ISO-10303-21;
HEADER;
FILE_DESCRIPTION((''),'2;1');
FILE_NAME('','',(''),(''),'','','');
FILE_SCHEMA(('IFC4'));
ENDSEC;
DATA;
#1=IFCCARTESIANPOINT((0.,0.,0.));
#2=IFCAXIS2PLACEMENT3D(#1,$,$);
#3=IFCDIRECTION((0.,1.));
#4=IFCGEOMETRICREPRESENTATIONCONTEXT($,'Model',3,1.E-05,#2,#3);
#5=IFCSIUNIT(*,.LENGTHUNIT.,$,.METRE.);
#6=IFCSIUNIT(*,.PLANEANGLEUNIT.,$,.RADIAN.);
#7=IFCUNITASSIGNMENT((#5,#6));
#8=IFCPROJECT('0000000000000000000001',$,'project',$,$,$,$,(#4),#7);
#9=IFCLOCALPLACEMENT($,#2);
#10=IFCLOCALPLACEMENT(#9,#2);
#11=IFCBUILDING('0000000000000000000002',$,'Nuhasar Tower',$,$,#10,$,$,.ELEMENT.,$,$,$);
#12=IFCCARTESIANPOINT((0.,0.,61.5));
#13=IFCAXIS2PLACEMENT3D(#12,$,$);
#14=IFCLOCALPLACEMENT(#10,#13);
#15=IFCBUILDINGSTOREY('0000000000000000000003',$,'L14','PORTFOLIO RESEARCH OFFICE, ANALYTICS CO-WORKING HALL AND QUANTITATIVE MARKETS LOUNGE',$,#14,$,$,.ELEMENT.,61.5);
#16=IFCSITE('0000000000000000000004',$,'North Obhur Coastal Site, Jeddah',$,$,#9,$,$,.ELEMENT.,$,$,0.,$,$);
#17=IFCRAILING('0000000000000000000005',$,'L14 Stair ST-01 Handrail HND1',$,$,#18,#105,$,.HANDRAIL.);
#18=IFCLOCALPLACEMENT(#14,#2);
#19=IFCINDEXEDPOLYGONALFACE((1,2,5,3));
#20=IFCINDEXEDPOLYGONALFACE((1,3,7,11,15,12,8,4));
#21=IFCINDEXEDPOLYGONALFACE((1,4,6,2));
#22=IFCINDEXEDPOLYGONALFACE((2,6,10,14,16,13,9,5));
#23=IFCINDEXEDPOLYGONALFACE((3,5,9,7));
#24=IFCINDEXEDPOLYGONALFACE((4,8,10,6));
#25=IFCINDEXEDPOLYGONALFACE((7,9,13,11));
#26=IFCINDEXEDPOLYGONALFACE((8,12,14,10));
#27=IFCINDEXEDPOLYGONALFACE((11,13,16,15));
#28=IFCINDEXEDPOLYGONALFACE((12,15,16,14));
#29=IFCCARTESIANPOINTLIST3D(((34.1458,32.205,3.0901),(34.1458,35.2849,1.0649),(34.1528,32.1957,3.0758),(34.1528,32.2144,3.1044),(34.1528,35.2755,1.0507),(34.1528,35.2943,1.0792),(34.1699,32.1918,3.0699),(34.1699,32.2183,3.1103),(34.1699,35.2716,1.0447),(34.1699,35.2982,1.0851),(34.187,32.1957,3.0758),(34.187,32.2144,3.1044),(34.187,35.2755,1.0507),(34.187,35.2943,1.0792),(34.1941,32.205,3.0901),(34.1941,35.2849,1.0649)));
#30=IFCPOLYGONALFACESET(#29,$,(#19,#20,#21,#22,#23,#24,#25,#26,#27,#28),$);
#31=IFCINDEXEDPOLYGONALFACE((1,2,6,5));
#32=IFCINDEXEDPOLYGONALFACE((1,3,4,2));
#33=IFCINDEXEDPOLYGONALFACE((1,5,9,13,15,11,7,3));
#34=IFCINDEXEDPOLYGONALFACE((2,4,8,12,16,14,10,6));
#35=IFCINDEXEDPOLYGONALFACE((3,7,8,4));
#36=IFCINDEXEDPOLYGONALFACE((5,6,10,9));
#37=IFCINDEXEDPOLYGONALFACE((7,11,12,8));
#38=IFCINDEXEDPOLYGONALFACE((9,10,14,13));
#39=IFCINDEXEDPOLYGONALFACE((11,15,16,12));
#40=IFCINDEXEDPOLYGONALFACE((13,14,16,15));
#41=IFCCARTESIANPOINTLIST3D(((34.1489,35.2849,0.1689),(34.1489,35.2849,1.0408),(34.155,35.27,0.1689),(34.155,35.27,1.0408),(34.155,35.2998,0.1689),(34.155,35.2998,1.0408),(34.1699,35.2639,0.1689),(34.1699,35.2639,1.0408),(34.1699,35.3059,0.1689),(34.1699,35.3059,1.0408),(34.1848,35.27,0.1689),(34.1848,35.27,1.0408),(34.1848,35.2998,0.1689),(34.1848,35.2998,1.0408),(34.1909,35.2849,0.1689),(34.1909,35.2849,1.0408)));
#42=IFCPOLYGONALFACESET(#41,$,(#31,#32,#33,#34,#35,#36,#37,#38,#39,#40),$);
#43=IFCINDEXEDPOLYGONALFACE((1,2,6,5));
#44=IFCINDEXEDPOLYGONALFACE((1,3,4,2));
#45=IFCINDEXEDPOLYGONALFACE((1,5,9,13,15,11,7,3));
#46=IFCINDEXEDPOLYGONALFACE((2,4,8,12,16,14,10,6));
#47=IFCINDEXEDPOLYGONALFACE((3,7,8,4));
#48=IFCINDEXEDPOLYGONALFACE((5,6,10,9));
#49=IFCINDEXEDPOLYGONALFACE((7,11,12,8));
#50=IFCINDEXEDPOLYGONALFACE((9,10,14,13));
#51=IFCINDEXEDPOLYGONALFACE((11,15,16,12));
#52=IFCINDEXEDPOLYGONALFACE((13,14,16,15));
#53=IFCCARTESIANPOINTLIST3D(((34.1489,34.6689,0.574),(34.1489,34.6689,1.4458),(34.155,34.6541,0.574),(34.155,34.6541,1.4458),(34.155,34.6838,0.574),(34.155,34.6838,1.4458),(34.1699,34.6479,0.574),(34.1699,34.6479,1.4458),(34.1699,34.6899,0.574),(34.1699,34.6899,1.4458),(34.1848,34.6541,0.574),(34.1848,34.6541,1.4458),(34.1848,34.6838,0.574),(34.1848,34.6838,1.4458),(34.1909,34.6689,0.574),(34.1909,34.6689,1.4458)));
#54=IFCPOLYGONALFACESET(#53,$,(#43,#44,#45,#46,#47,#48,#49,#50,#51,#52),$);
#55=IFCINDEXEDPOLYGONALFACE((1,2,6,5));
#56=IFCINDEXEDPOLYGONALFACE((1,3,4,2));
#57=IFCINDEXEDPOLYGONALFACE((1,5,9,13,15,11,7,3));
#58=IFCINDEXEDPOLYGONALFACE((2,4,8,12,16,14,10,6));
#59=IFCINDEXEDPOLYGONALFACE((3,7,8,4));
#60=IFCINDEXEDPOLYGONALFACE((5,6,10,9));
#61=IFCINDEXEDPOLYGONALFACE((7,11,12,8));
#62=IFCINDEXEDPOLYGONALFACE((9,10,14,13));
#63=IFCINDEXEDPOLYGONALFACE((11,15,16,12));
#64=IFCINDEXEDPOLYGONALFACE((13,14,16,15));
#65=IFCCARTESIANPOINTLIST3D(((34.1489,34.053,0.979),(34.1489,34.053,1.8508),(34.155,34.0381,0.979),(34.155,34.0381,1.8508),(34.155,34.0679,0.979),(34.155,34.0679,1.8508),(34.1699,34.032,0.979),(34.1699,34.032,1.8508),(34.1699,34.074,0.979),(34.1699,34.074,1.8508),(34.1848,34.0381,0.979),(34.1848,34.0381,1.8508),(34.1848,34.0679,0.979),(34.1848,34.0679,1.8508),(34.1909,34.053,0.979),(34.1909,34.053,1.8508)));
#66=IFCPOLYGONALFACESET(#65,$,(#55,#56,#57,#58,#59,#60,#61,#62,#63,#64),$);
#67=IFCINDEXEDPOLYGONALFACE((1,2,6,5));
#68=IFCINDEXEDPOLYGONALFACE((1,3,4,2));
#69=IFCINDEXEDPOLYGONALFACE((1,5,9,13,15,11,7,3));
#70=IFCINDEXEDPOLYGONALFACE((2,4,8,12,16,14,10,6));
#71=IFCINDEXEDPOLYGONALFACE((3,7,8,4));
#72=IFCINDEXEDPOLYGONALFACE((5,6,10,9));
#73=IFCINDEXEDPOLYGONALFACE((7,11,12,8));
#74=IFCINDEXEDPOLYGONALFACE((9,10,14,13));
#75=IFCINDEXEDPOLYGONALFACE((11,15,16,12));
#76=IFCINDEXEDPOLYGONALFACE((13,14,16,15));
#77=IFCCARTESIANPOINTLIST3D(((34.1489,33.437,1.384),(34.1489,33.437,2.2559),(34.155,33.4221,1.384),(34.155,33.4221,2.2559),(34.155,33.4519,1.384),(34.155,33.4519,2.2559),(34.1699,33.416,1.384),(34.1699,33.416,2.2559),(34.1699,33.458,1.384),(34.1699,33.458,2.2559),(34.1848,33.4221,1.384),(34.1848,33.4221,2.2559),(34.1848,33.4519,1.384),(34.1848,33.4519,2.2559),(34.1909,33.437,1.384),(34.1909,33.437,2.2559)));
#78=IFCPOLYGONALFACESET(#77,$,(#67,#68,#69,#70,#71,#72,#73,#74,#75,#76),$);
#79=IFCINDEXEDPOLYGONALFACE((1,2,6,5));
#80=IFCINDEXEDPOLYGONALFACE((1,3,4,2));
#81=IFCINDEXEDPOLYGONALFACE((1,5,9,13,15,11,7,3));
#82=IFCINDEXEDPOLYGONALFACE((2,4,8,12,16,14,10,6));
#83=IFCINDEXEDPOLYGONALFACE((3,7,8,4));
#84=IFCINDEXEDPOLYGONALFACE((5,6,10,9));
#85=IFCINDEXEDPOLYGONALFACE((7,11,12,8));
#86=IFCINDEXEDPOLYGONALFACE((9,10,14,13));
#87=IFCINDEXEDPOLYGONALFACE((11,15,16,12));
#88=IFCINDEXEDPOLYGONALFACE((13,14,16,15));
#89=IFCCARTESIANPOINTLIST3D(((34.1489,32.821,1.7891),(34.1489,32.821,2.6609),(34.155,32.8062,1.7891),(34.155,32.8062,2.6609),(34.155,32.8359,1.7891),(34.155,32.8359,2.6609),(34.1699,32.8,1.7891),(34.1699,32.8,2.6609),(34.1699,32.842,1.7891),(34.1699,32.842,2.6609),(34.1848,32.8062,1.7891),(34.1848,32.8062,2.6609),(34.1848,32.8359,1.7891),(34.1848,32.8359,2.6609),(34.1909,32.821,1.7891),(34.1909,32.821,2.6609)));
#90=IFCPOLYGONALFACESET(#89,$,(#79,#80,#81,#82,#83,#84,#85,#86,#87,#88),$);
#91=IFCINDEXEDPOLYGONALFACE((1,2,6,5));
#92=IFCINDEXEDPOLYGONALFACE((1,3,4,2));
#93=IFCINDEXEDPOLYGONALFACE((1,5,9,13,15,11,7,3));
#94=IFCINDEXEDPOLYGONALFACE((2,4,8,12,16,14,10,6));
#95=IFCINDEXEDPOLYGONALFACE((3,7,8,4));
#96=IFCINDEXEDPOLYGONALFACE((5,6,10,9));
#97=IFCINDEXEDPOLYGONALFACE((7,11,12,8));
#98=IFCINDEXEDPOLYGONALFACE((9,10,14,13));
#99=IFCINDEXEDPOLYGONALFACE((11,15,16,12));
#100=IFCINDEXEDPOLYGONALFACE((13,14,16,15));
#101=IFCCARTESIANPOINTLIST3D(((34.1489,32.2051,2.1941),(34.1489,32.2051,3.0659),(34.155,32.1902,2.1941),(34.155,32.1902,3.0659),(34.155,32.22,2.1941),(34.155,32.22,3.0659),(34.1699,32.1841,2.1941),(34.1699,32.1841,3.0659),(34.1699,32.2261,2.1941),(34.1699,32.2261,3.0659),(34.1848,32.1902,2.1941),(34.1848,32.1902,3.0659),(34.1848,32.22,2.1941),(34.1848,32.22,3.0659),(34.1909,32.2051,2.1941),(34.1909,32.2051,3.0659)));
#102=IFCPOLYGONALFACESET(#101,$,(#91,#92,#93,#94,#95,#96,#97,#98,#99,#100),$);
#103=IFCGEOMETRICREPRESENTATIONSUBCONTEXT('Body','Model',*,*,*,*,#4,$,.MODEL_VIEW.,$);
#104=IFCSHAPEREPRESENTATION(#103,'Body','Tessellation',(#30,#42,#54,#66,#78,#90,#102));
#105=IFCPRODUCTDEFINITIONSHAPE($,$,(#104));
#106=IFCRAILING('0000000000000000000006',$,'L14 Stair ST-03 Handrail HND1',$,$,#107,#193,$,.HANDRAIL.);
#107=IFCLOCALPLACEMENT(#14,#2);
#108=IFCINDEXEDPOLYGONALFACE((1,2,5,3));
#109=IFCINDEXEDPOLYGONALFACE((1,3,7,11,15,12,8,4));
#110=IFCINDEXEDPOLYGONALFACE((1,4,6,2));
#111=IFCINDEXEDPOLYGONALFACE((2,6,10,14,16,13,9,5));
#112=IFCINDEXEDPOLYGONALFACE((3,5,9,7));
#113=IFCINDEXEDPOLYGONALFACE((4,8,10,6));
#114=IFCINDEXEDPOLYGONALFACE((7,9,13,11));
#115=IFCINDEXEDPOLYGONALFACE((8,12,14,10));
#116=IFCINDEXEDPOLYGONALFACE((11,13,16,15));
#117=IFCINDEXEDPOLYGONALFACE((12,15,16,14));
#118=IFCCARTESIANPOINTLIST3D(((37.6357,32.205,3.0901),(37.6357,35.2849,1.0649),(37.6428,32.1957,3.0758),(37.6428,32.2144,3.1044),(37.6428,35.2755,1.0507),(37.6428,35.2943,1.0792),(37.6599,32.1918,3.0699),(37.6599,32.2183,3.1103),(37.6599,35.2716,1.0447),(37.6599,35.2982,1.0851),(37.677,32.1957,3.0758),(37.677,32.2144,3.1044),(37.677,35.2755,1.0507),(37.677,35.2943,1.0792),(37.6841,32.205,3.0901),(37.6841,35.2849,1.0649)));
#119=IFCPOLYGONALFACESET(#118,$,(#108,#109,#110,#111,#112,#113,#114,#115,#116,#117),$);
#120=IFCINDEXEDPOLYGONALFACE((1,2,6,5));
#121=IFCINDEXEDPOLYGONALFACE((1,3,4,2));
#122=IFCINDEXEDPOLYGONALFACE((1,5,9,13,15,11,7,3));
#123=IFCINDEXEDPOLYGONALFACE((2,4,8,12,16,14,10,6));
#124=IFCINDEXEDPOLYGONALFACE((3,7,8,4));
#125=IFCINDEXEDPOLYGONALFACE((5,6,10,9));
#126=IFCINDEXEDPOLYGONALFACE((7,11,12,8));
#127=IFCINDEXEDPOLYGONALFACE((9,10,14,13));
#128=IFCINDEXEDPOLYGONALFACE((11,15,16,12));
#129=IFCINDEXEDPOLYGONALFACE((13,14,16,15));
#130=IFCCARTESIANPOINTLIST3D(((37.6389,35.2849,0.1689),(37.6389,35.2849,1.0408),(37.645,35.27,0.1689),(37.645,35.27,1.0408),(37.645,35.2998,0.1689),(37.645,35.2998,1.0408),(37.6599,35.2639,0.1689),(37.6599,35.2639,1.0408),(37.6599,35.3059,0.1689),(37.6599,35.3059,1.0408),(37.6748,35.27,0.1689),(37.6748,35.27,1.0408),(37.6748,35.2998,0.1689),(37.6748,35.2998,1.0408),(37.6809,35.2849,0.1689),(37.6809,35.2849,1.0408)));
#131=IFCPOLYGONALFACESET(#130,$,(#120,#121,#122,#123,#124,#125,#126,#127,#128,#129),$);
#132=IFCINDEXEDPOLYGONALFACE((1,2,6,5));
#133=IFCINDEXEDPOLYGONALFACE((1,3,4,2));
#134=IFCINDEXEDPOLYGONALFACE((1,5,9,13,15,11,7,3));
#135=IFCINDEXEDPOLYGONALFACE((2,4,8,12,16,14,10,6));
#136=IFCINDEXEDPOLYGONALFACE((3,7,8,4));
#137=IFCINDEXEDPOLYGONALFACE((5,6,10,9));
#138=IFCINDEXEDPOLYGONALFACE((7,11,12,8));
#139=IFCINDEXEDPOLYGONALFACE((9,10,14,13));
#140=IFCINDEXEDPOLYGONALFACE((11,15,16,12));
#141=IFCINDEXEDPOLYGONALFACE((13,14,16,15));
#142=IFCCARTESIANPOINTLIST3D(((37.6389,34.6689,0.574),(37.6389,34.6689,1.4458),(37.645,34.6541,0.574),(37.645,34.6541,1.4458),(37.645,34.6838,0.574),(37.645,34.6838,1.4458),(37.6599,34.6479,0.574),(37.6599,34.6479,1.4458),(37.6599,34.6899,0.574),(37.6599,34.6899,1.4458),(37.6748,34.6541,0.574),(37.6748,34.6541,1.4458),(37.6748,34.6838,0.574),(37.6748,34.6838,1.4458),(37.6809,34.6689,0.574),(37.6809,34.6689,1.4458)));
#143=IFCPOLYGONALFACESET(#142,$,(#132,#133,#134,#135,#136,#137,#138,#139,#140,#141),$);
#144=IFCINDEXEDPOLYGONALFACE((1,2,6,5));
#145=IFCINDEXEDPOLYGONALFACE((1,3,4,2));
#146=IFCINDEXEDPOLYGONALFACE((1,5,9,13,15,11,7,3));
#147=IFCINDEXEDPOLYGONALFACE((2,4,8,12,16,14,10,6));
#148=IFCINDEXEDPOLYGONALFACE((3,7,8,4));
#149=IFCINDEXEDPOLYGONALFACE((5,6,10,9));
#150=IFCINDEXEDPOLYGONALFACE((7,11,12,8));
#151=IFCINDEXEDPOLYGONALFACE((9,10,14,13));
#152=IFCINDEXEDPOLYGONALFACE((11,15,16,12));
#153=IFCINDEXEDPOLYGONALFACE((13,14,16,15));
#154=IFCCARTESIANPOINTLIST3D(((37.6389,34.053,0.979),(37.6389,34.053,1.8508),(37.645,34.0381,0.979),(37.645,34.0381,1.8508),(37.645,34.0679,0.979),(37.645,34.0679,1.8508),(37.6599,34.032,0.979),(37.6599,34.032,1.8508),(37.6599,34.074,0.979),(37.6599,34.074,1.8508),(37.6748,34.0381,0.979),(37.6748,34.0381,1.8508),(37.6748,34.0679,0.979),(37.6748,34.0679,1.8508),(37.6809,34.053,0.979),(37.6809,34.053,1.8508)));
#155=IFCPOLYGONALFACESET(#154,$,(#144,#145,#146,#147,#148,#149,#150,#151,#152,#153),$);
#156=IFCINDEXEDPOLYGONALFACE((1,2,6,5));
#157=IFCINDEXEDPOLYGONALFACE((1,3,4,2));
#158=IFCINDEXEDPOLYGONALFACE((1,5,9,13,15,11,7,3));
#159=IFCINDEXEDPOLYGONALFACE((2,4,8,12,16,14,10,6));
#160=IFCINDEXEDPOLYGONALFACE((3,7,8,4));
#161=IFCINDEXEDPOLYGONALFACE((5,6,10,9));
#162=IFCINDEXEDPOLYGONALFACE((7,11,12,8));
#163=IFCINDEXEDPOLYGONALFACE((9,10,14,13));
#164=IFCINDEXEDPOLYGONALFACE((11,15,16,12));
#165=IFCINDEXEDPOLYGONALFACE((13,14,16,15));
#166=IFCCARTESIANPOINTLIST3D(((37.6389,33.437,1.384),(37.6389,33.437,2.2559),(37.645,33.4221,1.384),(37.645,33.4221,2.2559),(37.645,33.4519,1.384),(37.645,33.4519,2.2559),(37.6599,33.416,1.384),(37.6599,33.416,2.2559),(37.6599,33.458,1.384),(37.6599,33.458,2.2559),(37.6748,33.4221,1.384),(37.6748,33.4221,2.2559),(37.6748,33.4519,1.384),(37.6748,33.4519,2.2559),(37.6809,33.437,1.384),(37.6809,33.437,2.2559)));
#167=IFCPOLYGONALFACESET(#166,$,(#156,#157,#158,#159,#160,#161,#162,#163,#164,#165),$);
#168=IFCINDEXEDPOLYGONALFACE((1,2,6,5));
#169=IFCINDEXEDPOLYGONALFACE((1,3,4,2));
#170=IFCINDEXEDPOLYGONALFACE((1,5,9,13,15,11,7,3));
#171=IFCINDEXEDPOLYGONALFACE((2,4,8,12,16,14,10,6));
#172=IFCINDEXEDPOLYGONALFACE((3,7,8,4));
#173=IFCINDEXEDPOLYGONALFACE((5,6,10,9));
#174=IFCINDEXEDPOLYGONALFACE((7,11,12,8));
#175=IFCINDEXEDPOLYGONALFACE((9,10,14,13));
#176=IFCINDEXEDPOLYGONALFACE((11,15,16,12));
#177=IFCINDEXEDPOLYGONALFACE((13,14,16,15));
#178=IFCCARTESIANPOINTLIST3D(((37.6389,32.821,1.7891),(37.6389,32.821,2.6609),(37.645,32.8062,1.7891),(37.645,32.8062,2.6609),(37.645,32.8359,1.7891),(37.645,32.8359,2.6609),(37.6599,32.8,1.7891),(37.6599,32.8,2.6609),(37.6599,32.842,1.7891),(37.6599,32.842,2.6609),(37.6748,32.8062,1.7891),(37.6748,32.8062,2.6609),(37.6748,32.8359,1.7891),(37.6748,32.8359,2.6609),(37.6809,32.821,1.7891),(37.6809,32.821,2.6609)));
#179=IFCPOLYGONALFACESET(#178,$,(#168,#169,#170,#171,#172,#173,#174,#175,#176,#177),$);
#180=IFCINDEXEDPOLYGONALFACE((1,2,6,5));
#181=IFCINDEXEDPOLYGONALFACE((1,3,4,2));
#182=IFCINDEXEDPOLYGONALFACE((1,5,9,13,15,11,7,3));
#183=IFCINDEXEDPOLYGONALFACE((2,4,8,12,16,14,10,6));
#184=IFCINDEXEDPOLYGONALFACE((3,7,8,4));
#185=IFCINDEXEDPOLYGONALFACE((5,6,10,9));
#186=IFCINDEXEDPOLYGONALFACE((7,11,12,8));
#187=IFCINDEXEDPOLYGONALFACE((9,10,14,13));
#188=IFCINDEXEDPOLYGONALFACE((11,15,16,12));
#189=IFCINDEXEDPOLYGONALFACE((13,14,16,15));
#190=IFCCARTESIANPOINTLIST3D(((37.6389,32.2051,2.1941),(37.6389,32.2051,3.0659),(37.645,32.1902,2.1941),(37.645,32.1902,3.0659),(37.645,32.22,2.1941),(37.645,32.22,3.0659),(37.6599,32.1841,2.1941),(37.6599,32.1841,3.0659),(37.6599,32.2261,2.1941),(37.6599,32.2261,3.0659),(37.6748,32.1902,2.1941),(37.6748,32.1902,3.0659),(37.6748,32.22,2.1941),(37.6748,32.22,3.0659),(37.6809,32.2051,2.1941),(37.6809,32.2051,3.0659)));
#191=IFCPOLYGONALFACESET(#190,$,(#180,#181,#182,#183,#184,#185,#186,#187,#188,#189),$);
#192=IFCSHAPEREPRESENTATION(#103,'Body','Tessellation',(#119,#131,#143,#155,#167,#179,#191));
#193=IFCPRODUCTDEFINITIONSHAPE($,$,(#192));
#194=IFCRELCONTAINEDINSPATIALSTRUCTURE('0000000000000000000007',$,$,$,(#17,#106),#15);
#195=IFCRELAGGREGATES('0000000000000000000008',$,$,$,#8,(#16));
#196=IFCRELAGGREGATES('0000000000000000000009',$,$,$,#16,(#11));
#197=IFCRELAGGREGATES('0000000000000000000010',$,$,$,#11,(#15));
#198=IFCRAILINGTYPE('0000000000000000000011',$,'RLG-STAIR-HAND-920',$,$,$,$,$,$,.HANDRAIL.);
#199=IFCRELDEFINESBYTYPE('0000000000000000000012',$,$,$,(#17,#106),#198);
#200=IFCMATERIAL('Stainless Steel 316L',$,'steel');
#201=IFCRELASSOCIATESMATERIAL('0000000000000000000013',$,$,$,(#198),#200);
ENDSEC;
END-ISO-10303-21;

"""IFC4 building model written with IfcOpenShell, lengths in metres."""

from ifc_helpers import new_model, si_unit, direction, frame, origin, place, context, subcontext, project, spatial, polyline, outline, extrude, material, type_object, element, save


model = new_model("IFC4")

# Units and contexts
model_context = context("Model", 3, precision=1e-05, world=origin(), true_north=direction((0.0, 1.0)))
body_context = subcontext(model_context, "Body", "Model", "MODEL_VIEW")
ifc_project = project(units=[si_unit("LENGTHUNIT", "METRE"), si_unit("PLANEANGLEUNIT", "RADIAN")], contexts=[model_context])

# Site, building, storey
site_placement = place(None, origin())
site = spatial("IfcSite", under=ifc_project, at=site_placement, Name="North Obhur Coastal Site, Jeddah", CompositionType="ELEMENT", RefElevation=0.0)
building_placement = place(site_placement, origin())
building = spatial("IfcBuilding", under=site, at=building_placement, Name="Nuhasar Tower", CompositionType="ELEMENT")
storey_placement = place(building_placement, frame((0.0, 0.0, 61.5)))
storey = spatial("IfcBuildingStorey", under=building, at=storey_placement, Name="L14", Description="PORTFOLIO RESEARCH OFFICE, ANALYTICS CO-WORKING HALL AND QUANTITATIVE MARKETS LOUNGE", CompositionType="ELEMENT", Elevation=61.5)

# Railings
ifc_material_1 = material(Name="Stainless Steel 316L", Category="steel")
railing_type_1 = type_object("IfcRailingType", Name="RLG-STAIR-HAND-920", PredefinedType="HANDRAIL", material=ifc_material_1)
railing_1_placement = place(storey_placement, frame((34.1699, 35.2849, 0.1689)))
element("IfcRailing", 1, at=railing_1_placement, inside=storey, type_object=railing_type_1, Name="L14 Stair ST-01 Handrail HND1", PredefinedType="HANDRAIL", context=body_context, shape_type="SweptSolid", body=[
    extrude(outline(polyline([(0.0242, 0.0), (0.0171, 0.0171), (0.0, 0.0242), (-0.0171, 0.0171), (-0.0242, 0.0), (-0.0171, -0.0171), (0.0, -0.0242), (0.0171, -0.0171), (0.0242, 0.0)])), frame((0.0, 0.0, 0.896), z_axis=(0.0, -0.835549, 0.549416), x_axis=(1.0, 0.0, 0.0)), (0.0, 0.0, 1.0), 3.686),
    extrude(outline(polyline([(0.021, 0.0), (0.0149, 0.0149), (0.0, 0.021), (-0.0149, 0.0149), (-0.021, 0.0), (-0.0149, -0.0149), (0.0, -0.021), (0.0149, -0.0149), (0.021, 0.0)])), origin(), (0.0, 0.0, 1.0), 0.8718),
    extrude(outline(polyline([(0.021, 0.0), (0.0149, 0.0149), (0.0, 0.021), (-0.0149, 0.0149), (-0.021, 0.0), (-0.0149, -0.0149), (0.0, -0.021), (0.0149, -0.0149), (0.021, 0.0)])), frame((0.0, -0.616, 0.405)), (0.0, 0.0, 1.0), 0.8718),
    extrude(outline(polyline([(0.021, 0.0), (0.0149, 0.0149), (0.0, 0.021), (-0.0149, 0.0149), (-0.021, 0.0), (-0.0149, -0.0149), (0.0, -0.021), (0.0149, -0.0149), (0.021, 0.0)])), frame((0.0, -1.2319, 0.8101)), (0.0, 0.0, 1.0), 0.8718),
    extrude(outline(polyline([(0.021, 0.0), (0.0149, 0.0149), (0.0, 0.021), (-0.0149, 0.0149), (-0.021, 0.0), (-0.0149, -0.0149), (0.0, -0.021), (0.0149, -0.0149), (0.021, 0.0)])), frame((0.0, -1.8479, 1.2151)), (0.0, 0.0, 1.0), 0.8718),
    extrude(outline(polyline([(0.021, 0.0), (0.0149, 0.0149), (0.0, 0.021), (-0.0149, 0.0149), (-0.021, 0.0), (-0.0149, -0.0149), (0.0, -0.021), (0.0149, -0.0149), (0.021, 0.0)])), frame((0.0, -2.4639, 1.6201)), (0.0, 0.0, 1.0), 0.8718),
    extrude(outline(polyline([(0.021, 0.0), (0.0149, 0.0149), (0.0, 0.021), (-0.0149, 0.0149), (-0.021, 0.0), (-0.0149, -0.0149), (0.0, -0.021), (0.0149, -0.0149), (0.021, 0.0)])), frame((0.0, -3.0798, 2.0251)), (0.0, 0.0, 1.0), 0.8718),
])
railing_2_placement = place(storey_placement, frame((37.6599, 35.2849, 0.1689)))
element("IfcRailing", 2, at=railing_2_placement, inside=storey, type_object=railing_type_1, Name="L14 Stair ST-03 Handrail HND1", PredefinedType="HANDRAIL", context=body_context, shape_type="SweptSolid", body=[
    extrude(outline(polyline([(0.0242, 0.0), (0.0171, 0.0171), (0.0, 0.0242), (-0.0171, 0.0171), (-0.0242, 0.0), (-0.0171, -0.0171), (0.0, -0.0242), (0.0171, -0.0171), (0.0242, 0.0)])), frame((0.0, 0.0, 0.896), z_axis=(0.0, -0.835549, 0.549416), x_axis=(1.0, 0.0, 0.0)), (0.0, 0.0, 1.0), 3.686),
    extrude(outline(polyline([(0.021, 0.0), (0.0149, 0.0149), (0.0, 0.021), (-0.0149, 0.0149), (-0.021, 0.0), (-0.0149, -0.0149), (0.0, -0.021), (0.0149, -0.0149), (0.021, 0.0)])), origin(), (0.0, 0.0, 1.0), 0.8718),
    extrude(outline(polyline([(0.021, 0.0), (0.0149, 0.0149), (0.0, 0.021), (-0.0149, 0.0149), (-0.021, 0.0), (-0.0149, -0.0149), (0.0, -0.021), (0.0149, -0.0149), (0.021, 0.0)])), frame((0.0, -0.616, 0.405)), (0.0, 0.0, 1.0), 0.8718),
    extrude(outline(polyline([(0.021, 0.0), (0.0149, 0.0149), (0.0, 0.021), (-0.0149, 0.0149), (-0.021, 0.0), (-0.0149, -0.0149), (0.0, -0.021), (0.0149, -0.0149), (0.021, 0.0)])), frame((0.0, -1.2319, 0.8101)), (0.0, 0.0, 1.0), 0.8718),
    extrude(outline(polyline([(0.021, 0.0), (0.0149, 0.0149), (0.0, 0.021), (-0.0149, 0.0149), (-0.021, 0.0), (-0.0149, -0.0149), (0.0, -0.021), (0.0149, -0.0149), (0.021, 0.0)])), frame((0.0, -1.8479, 1.2151)), (0.0, 0.0, 1.0), 0.8718),
    extrude(outline(polyline([(0.021, 0.0), (0.0149, 0.0149), (0.0, 0.021), (-0.0149, 0.0149), (-0.021, 0.0), (-0.0149, -0.0149), (0.0, -0.021), (0.0149, -0.0149), (0.021, 0.0)])), frame((0.0, -2.4639, 1.6201)), (0.0, 0.0, 1.0), 0.8718),
    extrude(outline(polyline([(0.021, 0.0), (0.0149, 0.0149), (0.0, 0.021), (-0.0149, 0.0149), (-0.021, 0.0), (-0.0149, -0.0149), (0.0, -0.021), (0.0149, -0.0149), (0.021, 0.0)])), frame((0.0, -3.0798, 2.0251)), (0.0, 0.0, 1.0), 0.8718),
])

save(model, "model.ifc")
